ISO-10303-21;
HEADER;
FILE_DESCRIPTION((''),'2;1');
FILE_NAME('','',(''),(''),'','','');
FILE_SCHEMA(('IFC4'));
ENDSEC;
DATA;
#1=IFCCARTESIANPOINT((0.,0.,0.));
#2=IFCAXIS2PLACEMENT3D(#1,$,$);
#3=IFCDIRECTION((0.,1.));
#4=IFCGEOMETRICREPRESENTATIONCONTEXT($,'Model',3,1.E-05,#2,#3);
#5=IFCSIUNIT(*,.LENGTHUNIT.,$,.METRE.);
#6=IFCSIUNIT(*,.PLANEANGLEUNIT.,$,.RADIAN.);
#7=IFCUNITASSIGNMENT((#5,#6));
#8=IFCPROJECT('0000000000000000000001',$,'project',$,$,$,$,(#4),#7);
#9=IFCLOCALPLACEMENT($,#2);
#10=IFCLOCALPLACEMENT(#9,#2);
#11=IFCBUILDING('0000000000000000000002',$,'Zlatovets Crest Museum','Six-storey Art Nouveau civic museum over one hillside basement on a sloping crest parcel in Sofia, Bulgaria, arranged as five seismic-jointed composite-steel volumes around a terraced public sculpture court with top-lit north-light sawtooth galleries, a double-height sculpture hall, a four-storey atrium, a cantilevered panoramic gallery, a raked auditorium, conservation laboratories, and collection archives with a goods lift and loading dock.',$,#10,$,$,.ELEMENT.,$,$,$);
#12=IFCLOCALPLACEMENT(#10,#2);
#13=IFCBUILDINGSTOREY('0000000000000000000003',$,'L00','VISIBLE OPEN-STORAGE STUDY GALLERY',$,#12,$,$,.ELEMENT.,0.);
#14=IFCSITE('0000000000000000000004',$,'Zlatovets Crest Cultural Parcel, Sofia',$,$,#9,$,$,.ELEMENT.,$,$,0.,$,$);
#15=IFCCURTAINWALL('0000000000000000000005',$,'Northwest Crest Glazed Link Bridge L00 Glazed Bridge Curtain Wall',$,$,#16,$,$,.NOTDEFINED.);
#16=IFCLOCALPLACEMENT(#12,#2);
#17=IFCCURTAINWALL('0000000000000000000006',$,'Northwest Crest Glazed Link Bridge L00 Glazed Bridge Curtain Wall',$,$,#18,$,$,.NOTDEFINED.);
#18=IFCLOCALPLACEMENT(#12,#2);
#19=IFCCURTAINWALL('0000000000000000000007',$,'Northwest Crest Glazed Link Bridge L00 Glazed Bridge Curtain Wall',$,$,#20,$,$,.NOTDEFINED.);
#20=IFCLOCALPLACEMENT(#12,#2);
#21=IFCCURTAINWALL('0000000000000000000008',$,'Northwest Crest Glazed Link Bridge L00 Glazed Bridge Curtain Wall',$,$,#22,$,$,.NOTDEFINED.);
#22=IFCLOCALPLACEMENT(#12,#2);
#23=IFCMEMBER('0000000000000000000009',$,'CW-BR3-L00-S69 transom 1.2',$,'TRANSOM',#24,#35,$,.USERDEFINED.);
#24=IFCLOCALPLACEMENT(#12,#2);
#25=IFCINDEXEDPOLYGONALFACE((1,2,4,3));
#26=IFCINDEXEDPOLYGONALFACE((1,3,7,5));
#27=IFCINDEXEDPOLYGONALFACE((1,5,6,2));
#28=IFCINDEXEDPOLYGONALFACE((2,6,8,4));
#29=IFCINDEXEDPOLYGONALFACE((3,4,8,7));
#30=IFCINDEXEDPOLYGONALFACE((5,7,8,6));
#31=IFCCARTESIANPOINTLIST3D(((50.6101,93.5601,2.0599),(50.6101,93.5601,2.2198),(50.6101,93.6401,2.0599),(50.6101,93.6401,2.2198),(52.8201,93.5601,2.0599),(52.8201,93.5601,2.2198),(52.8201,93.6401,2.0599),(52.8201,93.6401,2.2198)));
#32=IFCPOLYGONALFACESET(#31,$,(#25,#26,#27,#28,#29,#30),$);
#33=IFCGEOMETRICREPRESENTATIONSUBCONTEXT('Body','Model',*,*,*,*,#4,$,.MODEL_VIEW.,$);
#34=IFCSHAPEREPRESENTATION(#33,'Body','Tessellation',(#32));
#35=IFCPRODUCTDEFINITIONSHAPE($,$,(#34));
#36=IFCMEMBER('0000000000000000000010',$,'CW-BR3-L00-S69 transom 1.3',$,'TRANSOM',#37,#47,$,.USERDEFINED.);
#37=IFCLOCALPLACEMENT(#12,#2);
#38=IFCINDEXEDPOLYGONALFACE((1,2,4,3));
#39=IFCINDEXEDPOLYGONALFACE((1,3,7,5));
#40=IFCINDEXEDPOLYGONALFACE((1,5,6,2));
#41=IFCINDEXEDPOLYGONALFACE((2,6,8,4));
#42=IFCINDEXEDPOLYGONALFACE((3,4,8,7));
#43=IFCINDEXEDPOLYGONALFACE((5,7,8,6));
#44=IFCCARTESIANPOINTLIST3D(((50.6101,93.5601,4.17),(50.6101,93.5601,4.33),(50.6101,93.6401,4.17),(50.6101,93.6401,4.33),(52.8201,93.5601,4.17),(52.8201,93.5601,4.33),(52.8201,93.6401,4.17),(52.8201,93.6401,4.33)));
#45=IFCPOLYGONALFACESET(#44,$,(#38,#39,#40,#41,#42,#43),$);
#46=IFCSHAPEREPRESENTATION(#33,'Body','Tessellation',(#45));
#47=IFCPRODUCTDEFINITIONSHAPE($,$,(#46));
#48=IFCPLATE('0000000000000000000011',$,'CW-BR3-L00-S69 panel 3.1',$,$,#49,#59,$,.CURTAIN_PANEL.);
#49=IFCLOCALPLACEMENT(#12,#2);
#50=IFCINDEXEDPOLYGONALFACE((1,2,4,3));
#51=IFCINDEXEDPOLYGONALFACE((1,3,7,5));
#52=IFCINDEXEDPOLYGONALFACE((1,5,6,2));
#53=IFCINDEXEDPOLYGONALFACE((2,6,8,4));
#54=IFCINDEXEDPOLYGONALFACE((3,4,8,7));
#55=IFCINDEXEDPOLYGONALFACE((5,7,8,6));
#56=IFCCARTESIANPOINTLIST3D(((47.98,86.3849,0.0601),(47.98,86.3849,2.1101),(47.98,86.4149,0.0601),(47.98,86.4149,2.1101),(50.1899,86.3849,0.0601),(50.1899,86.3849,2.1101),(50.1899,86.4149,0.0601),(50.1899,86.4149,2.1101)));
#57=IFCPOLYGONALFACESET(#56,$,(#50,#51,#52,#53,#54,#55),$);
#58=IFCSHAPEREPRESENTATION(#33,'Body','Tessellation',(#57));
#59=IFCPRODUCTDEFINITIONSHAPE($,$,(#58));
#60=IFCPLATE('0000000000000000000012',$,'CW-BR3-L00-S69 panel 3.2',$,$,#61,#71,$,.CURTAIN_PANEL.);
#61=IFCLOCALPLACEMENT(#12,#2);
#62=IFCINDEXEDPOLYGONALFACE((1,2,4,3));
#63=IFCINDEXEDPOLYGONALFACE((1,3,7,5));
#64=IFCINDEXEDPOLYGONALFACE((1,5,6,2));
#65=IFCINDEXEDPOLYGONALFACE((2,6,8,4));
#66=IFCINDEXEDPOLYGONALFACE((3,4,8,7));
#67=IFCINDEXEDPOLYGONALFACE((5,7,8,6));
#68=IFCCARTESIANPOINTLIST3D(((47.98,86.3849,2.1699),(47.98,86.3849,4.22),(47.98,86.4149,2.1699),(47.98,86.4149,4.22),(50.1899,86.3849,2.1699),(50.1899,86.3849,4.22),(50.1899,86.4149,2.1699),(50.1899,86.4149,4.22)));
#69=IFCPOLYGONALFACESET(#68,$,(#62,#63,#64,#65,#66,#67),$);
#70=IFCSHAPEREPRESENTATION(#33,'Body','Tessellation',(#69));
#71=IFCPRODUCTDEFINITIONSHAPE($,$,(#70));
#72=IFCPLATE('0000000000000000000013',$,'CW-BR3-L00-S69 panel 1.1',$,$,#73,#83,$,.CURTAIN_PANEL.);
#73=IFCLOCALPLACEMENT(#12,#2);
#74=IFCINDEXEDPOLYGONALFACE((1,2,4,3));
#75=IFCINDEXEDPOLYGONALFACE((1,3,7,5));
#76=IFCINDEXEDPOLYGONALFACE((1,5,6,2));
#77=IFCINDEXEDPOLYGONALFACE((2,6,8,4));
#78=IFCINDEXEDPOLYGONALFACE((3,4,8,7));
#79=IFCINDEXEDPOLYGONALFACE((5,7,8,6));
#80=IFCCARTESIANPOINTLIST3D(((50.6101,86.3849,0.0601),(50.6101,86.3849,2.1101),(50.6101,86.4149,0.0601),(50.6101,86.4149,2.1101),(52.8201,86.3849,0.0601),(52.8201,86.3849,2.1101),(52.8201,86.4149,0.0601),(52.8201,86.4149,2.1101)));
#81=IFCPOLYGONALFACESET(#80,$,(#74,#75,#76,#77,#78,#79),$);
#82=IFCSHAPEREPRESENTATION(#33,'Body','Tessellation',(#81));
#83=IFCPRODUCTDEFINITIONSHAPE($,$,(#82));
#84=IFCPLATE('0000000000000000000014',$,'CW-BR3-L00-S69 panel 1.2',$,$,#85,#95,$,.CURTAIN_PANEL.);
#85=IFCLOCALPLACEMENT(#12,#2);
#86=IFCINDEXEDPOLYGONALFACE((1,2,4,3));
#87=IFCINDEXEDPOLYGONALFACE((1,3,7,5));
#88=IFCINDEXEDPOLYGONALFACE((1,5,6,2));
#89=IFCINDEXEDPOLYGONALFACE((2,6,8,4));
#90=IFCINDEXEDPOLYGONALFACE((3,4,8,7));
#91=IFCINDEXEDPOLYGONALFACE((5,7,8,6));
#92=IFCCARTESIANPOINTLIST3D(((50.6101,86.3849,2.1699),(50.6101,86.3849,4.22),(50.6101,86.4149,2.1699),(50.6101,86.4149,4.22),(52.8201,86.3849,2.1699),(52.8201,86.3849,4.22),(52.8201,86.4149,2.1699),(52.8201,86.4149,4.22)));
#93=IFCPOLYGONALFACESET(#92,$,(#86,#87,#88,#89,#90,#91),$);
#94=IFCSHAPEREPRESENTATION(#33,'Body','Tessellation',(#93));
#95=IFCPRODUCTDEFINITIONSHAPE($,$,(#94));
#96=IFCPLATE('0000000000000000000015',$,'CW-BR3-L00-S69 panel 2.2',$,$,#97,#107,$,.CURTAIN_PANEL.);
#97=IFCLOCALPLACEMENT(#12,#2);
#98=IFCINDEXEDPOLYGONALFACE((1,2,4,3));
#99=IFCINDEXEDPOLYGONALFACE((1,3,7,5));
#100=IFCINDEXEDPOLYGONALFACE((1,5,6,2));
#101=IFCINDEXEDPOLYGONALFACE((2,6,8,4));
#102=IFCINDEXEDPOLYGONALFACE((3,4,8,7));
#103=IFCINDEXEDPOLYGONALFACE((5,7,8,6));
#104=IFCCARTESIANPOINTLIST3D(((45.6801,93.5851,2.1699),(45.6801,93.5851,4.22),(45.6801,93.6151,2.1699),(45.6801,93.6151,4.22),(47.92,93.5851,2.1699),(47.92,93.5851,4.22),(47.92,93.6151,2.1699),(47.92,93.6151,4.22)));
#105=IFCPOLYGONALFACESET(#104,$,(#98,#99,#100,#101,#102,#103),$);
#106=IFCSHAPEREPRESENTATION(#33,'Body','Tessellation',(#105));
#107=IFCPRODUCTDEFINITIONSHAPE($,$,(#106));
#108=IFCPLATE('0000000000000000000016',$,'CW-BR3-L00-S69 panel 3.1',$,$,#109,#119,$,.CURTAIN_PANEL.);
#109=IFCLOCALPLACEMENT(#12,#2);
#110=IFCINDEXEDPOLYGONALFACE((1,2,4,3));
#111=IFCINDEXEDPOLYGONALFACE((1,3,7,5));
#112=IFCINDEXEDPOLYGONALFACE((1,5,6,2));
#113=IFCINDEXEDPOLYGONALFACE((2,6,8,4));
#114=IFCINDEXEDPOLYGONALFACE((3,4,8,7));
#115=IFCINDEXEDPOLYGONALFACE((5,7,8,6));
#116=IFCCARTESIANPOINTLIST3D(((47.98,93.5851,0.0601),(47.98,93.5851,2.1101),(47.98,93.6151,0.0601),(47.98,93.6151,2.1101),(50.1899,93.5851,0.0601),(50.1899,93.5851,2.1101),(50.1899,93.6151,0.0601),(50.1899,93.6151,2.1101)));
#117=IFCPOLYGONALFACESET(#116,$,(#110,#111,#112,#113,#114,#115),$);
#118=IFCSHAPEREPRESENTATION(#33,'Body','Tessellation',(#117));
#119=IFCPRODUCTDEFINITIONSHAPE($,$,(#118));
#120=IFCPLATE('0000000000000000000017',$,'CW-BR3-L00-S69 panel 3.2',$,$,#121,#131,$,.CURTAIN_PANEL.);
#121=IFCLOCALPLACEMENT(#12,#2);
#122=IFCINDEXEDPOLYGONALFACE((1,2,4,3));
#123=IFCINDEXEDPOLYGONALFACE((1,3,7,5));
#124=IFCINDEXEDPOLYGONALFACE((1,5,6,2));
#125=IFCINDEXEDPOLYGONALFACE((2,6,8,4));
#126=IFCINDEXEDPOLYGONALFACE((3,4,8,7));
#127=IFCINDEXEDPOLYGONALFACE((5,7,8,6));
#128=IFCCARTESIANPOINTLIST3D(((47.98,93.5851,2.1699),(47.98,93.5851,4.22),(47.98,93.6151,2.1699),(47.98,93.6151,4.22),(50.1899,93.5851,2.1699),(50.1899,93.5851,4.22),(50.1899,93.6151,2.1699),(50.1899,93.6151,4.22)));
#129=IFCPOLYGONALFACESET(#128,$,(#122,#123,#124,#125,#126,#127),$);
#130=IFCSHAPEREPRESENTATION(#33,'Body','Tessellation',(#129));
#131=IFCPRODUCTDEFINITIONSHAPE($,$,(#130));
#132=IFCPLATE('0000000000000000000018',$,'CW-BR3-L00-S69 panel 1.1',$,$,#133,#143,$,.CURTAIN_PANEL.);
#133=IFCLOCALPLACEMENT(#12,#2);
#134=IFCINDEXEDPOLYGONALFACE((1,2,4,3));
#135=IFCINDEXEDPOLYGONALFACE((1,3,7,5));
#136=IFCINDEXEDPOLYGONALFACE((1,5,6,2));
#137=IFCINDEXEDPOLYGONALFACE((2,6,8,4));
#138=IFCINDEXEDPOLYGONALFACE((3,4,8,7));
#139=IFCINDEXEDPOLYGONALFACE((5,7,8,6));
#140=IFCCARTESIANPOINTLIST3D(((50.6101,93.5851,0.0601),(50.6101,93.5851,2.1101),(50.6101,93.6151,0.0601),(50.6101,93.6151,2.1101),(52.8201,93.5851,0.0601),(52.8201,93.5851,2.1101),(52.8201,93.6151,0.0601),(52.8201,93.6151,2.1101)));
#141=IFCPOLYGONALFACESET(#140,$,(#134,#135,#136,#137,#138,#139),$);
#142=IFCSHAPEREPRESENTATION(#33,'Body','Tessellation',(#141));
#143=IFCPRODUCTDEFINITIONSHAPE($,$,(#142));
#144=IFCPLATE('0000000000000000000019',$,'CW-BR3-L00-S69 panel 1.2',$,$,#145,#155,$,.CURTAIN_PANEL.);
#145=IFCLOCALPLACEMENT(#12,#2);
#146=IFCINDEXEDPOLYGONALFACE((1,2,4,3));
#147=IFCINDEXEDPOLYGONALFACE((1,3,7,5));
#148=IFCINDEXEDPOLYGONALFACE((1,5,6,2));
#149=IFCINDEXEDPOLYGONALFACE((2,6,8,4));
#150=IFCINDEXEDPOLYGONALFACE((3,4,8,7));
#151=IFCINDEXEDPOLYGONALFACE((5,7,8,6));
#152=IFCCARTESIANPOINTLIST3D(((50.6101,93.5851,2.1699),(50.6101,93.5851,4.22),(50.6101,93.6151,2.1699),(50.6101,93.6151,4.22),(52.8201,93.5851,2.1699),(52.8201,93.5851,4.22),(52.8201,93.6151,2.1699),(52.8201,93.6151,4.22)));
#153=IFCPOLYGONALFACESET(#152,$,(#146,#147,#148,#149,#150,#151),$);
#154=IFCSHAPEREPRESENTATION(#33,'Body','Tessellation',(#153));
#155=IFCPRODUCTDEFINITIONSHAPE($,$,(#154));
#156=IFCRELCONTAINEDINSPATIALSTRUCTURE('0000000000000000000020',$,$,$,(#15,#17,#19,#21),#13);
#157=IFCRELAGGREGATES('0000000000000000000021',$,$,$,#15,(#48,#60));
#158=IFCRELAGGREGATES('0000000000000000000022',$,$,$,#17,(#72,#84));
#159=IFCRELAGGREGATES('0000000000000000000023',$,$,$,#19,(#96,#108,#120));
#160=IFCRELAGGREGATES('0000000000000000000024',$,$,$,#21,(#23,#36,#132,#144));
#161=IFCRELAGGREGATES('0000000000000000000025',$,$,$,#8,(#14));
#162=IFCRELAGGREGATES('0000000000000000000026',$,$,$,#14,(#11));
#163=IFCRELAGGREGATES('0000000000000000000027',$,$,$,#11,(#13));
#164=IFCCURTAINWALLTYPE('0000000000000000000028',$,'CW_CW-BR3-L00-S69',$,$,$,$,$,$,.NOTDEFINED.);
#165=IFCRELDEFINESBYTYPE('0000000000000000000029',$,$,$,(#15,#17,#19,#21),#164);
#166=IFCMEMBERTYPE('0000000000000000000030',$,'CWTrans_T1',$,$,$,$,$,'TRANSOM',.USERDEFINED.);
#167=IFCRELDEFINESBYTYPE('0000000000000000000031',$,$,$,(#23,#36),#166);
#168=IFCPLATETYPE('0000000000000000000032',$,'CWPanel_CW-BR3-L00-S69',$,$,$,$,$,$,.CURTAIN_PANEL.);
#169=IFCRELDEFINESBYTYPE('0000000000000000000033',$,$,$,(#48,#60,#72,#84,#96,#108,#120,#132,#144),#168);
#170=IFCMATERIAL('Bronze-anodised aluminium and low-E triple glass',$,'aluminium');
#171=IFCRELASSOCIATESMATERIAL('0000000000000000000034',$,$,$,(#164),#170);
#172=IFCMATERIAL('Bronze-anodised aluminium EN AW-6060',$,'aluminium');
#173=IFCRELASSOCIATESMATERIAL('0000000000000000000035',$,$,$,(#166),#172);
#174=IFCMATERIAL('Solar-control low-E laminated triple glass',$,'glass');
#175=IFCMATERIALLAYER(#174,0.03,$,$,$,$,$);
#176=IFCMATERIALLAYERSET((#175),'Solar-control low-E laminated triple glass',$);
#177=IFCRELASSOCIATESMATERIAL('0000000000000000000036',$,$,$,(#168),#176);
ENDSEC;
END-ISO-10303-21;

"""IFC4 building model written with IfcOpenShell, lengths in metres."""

from ifc_helpers import new_model, si_unit, direction, frame, origin, origin_2d, place, context, subcontext, project, spatial, rectangle, extrude, material, layer, layer_set, material_profile, profile_set, type_object, element, aggregate, save


model = new_model("IFC4")

# Units and contexts
model_context = context("Model", 3, precision=1e-05, world=origin(), true_north=direction((0.0, 1.0)))
body_context = subcontext(model_context, "Body", "Model", "MODEL_VIEW")
ifc_project = project(units=[si_unit("LENGTHUNIT", "METRE"), si_unit("PLANEANGLEUNIT", "RADIAN")], contexts=[model_context])

# Site, building, storey
site_placement = place(None, origin())
site = spatial("IfcSite", under=ifc_project, at=site_placement, Name="Zlatovets Crest Cultural Parcel, Sofia", CompositionType="ELEMENT", RefElevation=0.0)
building_placement = place(site_placement, origin())
building = spatial("IfcBuilding", under=site, at=building_placement, Name="Zlatovets Crest Museum", Description="Six-storey Art Nouveau civic museum over one hillside basement on a sloping crest parcel in Sofia, Bulgaria, arranged as five seismic-jointed composite-steel volumes around a terraced public sculpture court with top-lit north-light sawtooth galleries, a double-height sculpture hall, a four-storey atrium, a cantilevered panoramic gallery, a raked auditorium, conservation laboratories, and collection archives with a goods lift and loading dock.", CompositionType="ELEMENT")
storey_placement = place(building_placement, origin())
storey = spatial("IfcBuildingStorey", under=building, at=storey_placement, Name="L00", Description="VISIBLE OPEN-STORAGE STUDY GALLERY", CompositionType="ELEMENT", Elevation=0.0)

# Curtain walls
ifc_material_1 = material(Name="Bronze-anodised aluminium and low-E triple glass", Category="aluminium")
curtain_wall_type = type_object("IfcCurtainWallType", Name="CW_CW-BR3-L00-S69", PredefinedType="NOTDEFINED", material=ifc_material_1)
curtain_wall_1_placement = place(storey_placement, origin())
curtain_wall_1 = element("IfcCurtainWall", 1, at=curtain_wall_1_placement, inside=storey, type_object=curtain_wall_type, Name="Northwest Crest Glazed Link Bridge L00 Glazed Bridge Curtain Wall", PredefinedType="NOTDEFINED")
ifc_material_2 = material(Name="Bronze-anodised aluminium EN AW-6060", Category="aluminium")
curtain_wall_2_placement = place(storey_placement, origin())
curtain_wall_2 = element("IfcCurtainWall", 2, at=curtain_wall_2_placement, inside=storey, type_object=curtain_wall_type, Name="Northwest Crest Glazed Link Bridge L00 Glazed Bridge Curtain Wall", PredefinedType="NOTDEFINED")
curtain_wall_3_placement = place(storey_placement, origin())
curtain_wall_3 = element("IfcCurtainWall", 3, at=curtain_wall_3_placement, inside=storey, type_object=curtain_wall_type, Name="Northwest Crest Glazed Link Bridge L00 Glazed Bridge Curtain Wall", PredefinedType="NOTDEFINED")
curtain_wall_4_placement = place(storey_placement, origin())
curtain_wall_4 = element("IfcCurtainWall", 4, at=curtain_wall_4_placement, inside=storey, type_object=curtain_wall_type, Name="Northwest Crest Glazed Link Bridge L00 Glazed Bridge Curtain Wall", PredefinedType="NOTDEFINED")

# Members
ifc_material_profile_1 = material_profile(ifc_material_2, rectangle(XDim=0.0801, YDim=0.1599, at=origin_2d()), Name="ALU 80x160")
ifc_profile_set_1 = profile_set([ifc_material_profile_1], Name="Bronze-anodised aluminium EN AW-6060")
member_type_1 = type_object("IfcMemberType", Name="CWTrans_T1", ElementType="TRANSOM", PredefinedType="USERDEFINED", material=ifc_profile_set_1)
member_1_placement = place(storey_placement, frame((50.6101, 93.6001, 2.1399), z_axis=(1.0, 0.0, 0.0), x_axis=(0.0, 1.0, 0.0)))
member_1 = element("IfcMember", 5, at=member_1_placement, type_object=member_type_1, Name="CW-BR3-L00-S69 transom 1.2", ObjectType="TRANSOM", PredefinedType="USERDEFINED", context=body_context, shape_type="SweptSolid", body=[
    extrude(rectangle(XDim=0.0801, YDim=0.1599, at=origin_2d()), origin(), (0.0, 0.0, 1.0), 2.21),
])
member_2_placement = place(storey_placement, frame((50.6101, 93.6001, 4.25), z_axis=(1.0, 0.0, 0.0), x_axis=(0.0, 1.0, 0.0)))
member_2 = element("IfcMember", 6, at=member_2_placement, type_object=member_type_1, Name="CW-BR3-L00-S69 transom 1.3", ObjectType="TRANSOM", PredefinedType="USERDEFINED", context=body_context, shape_type="SweptSolid", body=[
    extrude(rectangle(XDim=0.0801, YDim=0.1599, at=origin_2d()), origin(), (0.0, 0.0, 1.0), 2.21),
])

# Plates
ifc_material_3 = material(Name="Solar-control low-E laminated triple glass", Category="glass")
ifc_layer = layer(ifc_material_3, 0.03)
ifc_layer_set = layer_set([ifc_layer], Name="Solar-control low-E laminated triple glass")
plate_type = type_object("IfcPlateType", Name="CWPanel_CW-BR3-L00-S69", PredefinedType="CURTAIN_PANEL", material=ifc_layer_set)
plate_1_placement = place(storey_placement, frame((49.085, 86.3999, 0.0601), z_axis=(0.0, 0.0, 1.0), x_axis=(1.0, 0.0, 0.0)))
plate_1 = element("IfcPlate", 7, at=plate_1_placement, type_object=plate_type, Name="CW-BR3-L00-S69 panel 3.1", PredefinedType="CURTAIN_PANEL", context=body_context, shape_type="SweptSolid", body=[
    extrude(rectangle(XDim=2.21, YDim=0.03, at=origin_2d()), origin(), (0.0, 0.0, 1.0), 2.05),
])
plate_2_placement = place(storey_placement, frame((49.085, 86.3999, 2.1699), z_axis=(0.0, 0.0, 1.0), x_axis=(1.0, 0.0, 0.0)))
plate_2 = element("IfcPlate", 8, at=plate_2_placement, type_object=plate_type, Name="CW-BR3-L00-S69 panel 3.2", PredefinedType="CURTAIN_PANEL", context=body_context, shape_type="SweptSolid", body=[
    extrude(rectangle(XDim=2.21, YDim=0.03, at=origin_2d()), origin(), (0.0, 0.0, 1.0), 2.05),
])
aggregate(curtain_wall_1, [plate_1, plate_2])
plate_3_placement = place(storey_placement, frame((51.7151, 86.3999, 0.0601), z_axis=(0.0, 0.0, 1.0), x_axis=(1.0, 0.0, 0.0)))
plate_3 = element("IfcPlate", 9, at=plate_3_placement, type_object=plate_type, Name="CW-BR3-L00-S69 panel 1.1", PredefinedType="CURTAIN_PANEL", context=body_context, shape_type="SweptSolid", body=[
    extrude(rectangle(XDim=2.21, YDim=0.03, at=origin_2d()), origin(), (0.0, 0.0, 1.0), 2.05),
])
plate_4_placement = place(storey_placement, frame((51.7151, 86.3999, 2.1699), z_axis=(0.0, 0.0, 1.0), x_axis=(1.0, 0.0, 0.0)))
plate_4 = element("IfcPlate", 10, at=plate_4_placement, type_object=plate_type, Name="CW-BR3-L00-S69 panel 1.2", PredefinedType="CURTAIN_PANEL", context=body_context, shape_type="SweptSolid", body=[
    extrude(rectangle(XDim=2.21, YDim=0.03, at=origin_2d()), origin(), (0.0, 0.0, 1.0), 2.05),
])
aggregate(curtain_wall_2, [plate_3, plate_4])
plate_5_placement = place(storey_placement, frame((46.8, 93.6001, 2.1699), z_axis=(0.0, 0.0, 1.0), x_axis=(1.0, 0.0, 0.0)))
plate_5 = element("IfcPlate", 11, at=plate_5_placement, type_object=plate_type, Name="CW-BR3-L00-S69 panel 2.2", PredefinedType="CURTAIN_PANEL", context=body_context, shape_type="SweptSolid", body=[
    extrude(rectangle(XDim=2.24, YDim=0.03, at=origin_2d()), origin(), (0.0, 0.0, 1.0), 2.05),
])
plate_6_placement = place(storey_placement, frame((49.085, 93.6001, 0.0601), z_axis=(0.0, 0.0, 1.0), x_axis=(1.0, 0.0, 0.0)))
plate_6 = element("IfcPlate", 12, at=plate_6_placement, type_object=plate_type, Name="CW-BR3-L00-S69 panel 3.1", PredefinedType="CURTAIN_PANEL", context=body_context, shape_type="SweptSolid", body=[
    extrude(rectangle(XDim=2.21, YDim=0.03, at=origin_2d()), origin(), (0.0, 0.0, 1.0), 2.05),
])
plate_7_placement = place(storey_placement, frame((49.085, 93.6001, 2.1699), z_axis=(0.0, 0.0, 1.0), x_axis=(1.0, 0.0, 0.0)))
plate_7 = element("IfcPlate", 13, at=plate_7_placement, type_object=plate_type, Name="CW-BR3-L00-S69 panel 3.2", PredefinedType="CURTAIN_PANEL", context=body_context, shape_type="SweptSolid", body=[
    extrude(rectangle(XDim=2.21, YDim=0.03, at=origin_2d()), origin(), (0.0, 0.0, 1.0), 2.05),
])
aggregate(curtain_wall_3, [plate_5, plate_6, plate_7])
plate_8_placement = place(storey_placement, frame((51.7151, 93.6001, 0.0601), z_axis=(0.0, 0.0, 1.0), x_axis=(1.0, 0.0, 0.0)))
plate_8 = element("IfcPlate", 14, at=plate_8_placement, type_object=plate_type, Name="CW-BR3-L00-S69 panel 1.1", PredefinedType="CURTAIN_PANEL", context=body_context, shape_type="SweptSolid", body=[
    extrude(rectangle(XDim=2.21, YDim=0.03, at=origin_2d()), origin(), (0.0, 0.0, 1.0), 2.05),
])
plate_9_placement = place(storey_placement, frame((51.7151, 93.6001, 2.1699), z_axis=(0.0, 0.0, 1.0), x_axis=(1.0, 0.0, 0.0)))
plate_9 = element("IfcPlate", 15, at=plate_9_placement, type_object=plate_type, Name="CW-BR3-L00-S69 panel 1.2", PredefinedType="CURTAIN_PANEL", context=body_context, shape_type="SweptSolid", body=[
    extrude(rectangle(XDim=2.21, YDim=0.03, at=origin_2d()), origin(), (0.0, 0.0, 1.0), 2.05),
])
aggregate(curtain_wall_4, [member_1, member_2, plate_8, plate_9])

save(model, "model.ifc")
